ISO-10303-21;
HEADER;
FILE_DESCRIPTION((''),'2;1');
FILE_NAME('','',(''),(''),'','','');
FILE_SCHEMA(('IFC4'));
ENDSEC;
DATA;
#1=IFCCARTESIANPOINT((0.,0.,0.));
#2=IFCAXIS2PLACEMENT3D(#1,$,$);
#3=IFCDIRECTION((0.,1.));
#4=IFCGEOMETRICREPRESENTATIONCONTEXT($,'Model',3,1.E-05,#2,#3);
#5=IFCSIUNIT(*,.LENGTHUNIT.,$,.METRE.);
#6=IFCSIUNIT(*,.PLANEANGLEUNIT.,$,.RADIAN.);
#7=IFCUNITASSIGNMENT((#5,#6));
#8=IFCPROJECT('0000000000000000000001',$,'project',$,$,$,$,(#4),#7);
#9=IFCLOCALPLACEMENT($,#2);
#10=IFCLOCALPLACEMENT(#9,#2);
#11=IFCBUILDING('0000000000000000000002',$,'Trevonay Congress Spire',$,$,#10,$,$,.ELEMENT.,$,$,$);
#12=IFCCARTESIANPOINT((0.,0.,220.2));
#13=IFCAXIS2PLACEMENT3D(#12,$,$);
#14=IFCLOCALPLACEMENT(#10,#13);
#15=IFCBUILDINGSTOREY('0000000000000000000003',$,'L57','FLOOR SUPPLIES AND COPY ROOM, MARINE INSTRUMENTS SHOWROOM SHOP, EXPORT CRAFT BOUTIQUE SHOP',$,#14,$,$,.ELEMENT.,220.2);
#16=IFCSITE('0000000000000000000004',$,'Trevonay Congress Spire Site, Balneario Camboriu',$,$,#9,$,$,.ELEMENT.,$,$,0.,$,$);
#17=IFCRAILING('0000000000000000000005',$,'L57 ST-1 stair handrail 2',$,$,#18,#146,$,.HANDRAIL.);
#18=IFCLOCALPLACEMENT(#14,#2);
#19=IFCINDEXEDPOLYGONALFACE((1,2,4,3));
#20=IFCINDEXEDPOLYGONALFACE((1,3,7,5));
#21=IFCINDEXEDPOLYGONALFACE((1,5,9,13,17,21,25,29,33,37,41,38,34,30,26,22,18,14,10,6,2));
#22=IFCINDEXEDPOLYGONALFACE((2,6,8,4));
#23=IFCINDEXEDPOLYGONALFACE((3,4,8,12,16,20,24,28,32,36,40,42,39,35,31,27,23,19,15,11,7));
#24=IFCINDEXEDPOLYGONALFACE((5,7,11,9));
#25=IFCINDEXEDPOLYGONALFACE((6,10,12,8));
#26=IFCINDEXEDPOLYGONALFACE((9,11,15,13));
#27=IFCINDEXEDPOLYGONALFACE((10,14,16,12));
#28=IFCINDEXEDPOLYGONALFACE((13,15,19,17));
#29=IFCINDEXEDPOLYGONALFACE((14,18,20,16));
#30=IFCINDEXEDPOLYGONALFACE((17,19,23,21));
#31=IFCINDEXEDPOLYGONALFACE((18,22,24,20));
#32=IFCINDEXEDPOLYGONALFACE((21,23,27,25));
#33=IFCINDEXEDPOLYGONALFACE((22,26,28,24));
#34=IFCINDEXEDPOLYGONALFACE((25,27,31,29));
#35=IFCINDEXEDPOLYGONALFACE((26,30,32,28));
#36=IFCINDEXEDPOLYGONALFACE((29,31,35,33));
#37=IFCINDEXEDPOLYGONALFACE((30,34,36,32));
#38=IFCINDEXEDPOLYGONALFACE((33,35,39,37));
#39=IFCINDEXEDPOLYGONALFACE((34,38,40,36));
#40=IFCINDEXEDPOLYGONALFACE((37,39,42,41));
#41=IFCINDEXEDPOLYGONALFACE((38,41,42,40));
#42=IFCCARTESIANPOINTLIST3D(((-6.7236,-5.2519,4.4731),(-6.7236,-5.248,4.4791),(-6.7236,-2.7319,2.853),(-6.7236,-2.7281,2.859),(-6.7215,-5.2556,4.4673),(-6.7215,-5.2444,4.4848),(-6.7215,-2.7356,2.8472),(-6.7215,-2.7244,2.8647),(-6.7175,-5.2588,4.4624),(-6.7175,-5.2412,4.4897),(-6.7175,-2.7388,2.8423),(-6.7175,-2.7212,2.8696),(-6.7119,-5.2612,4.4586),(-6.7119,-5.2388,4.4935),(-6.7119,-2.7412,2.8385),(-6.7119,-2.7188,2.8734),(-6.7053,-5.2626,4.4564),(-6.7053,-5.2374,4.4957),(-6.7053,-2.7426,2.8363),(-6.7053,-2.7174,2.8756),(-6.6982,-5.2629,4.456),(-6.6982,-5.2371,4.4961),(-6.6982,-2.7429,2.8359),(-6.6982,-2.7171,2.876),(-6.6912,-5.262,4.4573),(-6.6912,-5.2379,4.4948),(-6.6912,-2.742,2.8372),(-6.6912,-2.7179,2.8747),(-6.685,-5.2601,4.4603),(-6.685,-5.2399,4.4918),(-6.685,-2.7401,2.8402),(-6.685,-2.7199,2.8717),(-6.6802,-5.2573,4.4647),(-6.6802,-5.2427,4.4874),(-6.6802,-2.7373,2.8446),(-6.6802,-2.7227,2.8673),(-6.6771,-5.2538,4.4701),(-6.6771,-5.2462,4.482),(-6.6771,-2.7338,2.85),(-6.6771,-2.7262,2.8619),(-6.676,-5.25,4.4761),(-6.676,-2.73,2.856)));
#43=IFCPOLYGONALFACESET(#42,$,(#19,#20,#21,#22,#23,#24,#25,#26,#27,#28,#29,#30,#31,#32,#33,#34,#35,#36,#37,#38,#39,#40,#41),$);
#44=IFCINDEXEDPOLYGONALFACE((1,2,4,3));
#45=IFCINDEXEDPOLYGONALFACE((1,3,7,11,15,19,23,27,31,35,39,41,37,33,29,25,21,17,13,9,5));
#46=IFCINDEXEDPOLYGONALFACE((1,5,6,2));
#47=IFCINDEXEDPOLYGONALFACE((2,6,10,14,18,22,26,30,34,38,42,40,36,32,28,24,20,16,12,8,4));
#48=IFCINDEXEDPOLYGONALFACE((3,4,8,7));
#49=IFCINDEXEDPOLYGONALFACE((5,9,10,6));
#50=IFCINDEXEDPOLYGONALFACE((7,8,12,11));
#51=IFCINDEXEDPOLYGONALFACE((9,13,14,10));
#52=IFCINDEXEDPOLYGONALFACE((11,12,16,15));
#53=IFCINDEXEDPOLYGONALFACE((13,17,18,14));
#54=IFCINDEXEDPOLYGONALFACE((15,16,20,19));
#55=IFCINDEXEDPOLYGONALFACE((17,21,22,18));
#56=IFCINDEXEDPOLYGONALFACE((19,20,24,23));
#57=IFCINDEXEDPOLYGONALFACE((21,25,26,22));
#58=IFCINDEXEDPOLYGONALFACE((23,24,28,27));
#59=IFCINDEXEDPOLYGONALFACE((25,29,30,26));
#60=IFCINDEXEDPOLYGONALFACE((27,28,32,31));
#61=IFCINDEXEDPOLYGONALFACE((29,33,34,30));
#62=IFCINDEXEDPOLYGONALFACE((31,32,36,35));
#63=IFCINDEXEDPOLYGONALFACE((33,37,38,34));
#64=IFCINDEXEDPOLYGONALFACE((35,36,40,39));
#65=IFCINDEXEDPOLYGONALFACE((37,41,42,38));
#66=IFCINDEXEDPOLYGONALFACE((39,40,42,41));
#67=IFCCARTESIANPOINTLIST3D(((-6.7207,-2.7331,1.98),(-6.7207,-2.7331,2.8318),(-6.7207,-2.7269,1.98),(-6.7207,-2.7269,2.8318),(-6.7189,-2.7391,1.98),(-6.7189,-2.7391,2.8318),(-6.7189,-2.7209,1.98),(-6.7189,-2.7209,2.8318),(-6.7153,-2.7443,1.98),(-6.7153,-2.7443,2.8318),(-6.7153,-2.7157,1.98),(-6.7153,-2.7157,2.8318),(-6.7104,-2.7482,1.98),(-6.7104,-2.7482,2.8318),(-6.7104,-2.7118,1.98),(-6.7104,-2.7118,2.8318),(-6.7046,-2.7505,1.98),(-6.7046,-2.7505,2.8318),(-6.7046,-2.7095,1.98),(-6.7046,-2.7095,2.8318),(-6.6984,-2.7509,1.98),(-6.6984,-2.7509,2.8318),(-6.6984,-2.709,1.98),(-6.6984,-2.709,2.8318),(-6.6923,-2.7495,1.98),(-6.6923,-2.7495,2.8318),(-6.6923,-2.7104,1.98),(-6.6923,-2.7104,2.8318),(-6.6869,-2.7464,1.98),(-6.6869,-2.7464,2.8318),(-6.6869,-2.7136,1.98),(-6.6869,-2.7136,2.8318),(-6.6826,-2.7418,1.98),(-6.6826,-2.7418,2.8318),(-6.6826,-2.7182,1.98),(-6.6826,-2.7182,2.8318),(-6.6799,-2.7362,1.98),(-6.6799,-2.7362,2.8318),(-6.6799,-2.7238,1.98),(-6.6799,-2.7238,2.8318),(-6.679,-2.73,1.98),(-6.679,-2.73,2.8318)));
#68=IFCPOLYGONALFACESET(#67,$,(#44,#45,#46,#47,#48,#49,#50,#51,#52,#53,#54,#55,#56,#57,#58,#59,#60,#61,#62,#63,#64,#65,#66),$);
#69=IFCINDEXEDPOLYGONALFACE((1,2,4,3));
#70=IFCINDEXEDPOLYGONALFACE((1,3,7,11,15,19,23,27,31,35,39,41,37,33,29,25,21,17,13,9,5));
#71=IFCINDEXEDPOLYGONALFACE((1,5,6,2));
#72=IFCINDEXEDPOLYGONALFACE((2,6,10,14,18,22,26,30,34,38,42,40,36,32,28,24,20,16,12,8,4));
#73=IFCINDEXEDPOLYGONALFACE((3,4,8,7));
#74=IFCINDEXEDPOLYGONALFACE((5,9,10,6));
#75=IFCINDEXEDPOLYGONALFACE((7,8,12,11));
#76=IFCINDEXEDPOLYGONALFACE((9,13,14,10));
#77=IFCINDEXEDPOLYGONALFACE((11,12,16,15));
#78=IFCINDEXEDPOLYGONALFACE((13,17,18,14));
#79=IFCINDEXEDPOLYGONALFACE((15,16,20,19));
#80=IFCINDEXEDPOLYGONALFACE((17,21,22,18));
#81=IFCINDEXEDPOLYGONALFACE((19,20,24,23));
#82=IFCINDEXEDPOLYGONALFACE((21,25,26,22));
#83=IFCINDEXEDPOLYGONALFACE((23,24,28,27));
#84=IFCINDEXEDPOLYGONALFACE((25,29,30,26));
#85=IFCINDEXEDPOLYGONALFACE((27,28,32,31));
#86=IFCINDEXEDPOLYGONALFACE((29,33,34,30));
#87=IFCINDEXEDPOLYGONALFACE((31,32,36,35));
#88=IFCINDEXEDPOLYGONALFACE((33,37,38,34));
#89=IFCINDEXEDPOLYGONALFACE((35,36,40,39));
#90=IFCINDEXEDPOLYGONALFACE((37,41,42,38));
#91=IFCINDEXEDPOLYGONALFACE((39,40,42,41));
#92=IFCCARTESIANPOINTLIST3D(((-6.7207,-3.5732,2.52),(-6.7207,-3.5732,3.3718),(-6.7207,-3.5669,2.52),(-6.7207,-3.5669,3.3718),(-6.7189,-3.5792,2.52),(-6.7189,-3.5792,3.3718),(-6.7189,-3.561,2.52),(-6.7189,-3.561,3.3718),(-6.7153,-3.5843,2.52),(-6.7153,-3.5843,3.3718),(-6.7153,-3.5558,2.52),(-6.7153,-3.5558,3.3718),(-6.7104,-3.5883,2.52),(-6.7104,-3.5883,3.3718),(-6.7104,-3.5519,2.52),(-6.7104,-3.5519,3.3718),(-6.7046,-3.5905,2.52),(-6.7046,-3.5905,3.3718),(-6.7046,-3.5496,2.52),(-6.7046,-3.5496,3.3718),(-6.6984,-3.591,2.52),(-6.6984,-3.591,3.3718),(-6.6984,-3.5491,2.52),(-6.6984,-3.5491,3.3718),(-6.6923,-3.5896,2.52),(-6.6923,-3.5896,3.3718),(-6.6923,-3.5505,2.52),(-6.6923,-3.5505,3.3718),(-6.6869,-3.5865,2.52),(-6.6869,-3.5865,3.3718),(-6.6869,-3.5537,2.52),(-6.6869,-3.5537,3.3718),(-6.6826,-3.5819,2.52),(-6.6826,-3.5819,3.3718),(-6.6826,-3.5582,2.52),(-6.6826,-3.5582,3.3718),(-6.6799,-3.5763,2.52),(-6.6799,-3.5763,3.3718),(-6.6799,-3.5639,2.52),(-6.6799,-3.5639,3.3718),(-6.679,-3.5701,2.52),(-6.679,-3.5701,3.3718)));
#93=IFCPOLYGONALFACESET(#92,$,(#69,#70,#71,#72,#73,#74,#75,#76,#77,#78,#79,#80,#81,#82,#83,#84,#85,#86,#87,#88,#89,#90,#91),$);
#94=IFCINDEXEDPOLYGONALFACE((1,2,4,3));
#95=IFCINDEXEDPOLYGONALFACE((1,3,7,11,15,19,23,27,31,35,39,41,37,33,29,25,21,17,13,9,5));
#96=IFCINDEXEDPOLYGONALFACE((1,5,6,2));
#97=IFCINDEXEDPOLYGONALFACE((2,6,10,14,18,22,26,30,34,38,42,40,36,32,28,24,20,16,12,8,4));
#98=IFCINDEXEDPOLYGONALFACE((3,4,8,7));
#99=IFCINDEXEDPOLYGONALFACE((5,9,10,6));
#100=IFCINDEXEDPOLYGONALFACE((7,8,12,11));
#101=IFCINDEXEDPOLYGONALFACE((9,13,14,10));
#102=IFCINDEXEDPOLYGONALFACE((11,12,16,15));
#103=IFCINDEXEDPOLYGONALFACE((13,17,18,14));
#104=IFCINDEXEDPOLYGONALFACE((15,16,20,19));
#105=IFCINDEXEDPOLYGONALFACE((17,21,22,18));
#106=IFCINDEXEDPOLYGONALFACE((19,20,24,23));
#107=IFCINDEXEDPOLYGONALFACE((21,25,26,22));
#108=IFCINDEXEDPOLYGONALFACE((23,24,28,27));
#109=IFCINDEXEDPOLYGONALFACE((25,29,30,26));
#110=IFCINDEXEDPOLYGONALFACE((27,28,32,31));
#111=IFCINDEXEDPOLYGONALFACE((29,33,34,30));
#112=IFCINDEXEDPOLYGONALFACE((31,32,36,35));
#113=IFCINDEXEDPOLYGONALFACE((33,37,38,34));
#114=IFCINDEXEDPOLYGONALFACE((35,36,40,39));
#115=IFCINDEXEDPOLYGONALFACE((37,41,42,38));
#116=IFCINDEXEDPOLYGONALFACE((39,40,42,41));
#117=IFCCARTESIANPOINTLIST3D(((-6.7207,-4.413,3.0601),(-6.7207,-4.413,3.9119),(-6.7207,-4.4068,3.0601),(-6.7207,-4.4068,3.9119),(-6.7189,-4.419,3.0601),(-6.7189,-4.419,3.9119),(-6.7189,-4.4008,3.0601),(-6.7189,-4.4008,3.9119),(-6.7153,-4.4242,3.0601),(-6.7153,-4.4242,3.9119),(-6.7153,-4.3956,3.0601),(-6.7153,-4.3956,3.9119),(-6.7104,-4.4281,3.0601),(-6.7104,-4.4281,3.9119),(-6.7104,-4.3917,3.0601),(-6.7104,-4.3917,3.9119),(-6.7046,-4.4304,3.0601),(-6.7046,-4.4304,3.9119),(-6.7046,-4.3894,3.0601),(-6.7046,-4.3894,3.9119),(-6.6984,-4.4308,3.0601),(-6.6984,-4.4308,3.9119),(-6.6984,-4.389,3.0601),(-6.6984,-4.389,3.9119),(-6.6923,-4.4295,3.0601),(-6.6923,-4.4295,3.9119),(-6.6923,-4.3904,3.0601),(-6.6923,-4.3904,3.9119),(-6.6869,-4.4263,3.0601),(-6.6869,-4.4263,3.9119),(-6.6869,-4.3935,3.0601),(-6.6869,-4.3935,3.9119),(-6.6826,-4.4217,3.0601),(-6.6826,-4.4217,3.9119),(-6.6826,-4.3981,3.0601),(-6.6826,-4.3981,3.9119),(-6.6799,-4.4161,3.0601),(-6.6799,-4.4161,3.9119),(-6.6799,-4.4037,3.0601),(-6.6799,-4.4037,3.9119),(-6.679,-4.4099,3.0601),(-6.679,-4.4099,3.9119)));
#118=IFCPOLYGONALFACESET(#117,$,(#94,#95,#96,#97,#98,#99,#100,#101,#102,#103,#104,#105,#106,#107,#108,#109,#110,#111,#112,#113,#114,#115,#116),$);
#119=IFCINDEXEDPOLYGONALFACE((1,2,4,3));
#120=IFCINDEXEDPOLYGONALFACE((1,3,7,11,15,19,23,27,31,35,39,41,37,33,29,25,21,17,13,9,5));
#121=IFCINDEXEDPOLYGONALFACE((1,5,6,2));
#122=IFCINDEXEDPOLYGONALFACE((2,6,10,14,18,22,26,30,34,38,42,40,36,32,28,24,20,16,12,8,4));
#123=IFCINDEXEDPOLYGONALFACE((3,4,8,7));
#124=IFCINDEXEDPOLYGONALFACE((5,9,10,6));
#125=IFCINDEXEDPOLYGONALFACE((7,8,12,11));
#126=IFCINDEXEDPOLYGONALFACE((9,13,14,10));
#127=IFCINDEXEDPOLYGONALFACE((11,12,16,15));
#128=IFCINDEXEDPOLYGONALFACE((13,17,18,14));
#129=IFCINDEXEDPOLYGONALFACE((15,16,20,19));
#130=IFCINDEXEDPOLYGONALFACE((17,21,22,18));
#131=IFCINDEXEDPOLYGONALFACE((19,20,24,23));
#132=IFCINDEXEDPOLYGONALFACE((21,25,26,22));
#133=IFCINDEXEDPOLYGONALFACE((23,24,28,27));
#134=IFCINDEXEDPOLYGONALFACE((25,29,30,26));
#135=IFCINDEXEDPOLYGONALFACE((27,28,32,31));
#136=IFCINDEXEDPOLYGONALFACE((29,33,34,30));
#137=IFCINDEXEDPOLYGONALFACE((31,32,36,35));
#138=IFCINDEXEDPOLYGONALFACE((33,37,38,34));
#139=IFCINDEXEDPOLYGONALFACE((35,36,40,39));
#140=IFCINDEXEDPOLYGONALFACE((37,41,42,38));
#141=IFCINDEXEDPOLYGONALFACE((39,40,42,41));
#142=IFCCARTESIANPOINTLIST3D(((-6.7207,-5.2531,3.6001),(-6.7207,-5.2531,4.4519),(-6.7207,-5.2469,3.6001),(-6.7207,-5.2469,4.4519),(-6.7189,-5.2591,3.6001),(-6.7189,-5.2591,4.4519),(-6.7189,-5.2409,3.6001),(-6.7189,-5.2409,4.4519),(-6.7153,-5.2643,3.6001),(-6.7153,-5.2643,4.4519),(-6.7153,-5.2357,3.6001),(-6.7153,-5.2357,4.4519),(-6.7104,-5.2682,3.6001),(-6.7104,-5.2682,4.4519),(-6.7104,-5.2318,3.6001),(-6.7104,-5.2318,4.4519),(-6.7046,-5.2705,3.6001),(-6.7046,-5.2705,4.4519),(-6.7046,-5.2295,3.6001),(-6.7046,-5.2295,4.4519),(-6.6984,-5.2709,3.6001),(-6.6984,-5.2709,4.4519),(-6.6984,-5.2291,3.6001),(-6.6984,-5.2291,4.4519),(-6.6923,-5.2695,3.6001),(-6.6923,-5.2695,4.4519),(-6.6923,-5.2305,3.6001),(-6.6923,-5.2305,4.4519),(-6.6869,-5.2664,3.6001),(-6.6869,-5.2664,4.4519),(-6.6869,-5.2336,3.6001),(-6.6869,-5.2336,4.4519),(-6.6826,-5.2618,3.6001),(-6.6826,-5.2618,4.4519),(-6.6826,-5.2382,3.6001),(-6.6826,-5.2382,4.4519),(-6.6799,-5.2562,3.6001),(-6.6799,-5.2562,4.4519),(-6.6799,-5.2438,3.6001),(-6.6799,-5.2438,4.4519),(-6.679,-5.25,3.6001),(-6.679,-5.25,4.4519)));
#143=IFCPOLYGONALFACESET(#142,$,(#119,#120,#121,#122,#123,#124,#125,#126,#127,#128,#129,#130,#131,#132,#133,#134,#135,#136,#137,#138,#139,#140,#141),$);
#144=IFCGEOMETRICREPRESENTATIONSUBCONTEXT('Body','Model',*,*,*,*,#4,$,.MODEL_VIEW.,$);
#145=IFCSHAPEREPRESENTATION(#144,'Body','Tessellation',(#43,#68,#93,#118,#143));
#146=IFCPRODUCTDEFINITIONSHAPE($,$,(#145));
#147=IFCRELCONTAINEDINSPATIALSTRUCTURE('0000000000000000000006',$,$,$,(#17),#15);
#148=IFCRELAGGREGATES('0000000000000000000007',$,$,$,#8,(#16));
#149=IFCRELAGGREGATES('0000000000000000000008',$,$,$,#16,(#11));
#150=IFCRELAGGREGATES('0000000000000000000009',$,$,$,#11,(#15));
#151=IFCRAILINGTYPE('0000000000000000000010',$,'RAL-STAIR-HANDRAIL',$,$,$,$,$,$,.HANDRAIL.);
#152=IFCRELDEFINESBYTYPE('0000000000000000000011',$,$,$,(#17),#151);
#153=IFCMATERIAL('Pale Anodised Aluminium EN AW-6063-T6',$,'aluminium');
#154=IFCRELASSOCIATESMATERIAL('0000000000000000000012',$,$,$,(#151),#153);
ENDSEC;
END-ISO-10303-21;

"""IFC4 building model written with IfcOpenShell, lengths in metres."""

from ifc_helpers import new_model, si_unit, direction, frame, origin, origin_2d, place, context, subcontext, project, spatial, circle, extrude, material, type_object, element, save


model = new_model("IFC4")

# Units and contexts
model_context = context("Model", 3, precision=1e-05, world=origin(), true_north=direction((0.0, 1.0)))
body_context = subcontext(model_context, "Body", "Model", "MODEL_VIEW")
ifc_project = project(units=[si_unit("LENGTHUNIT", "METRE"), si_unit("PLANEANGLEUNIT", "RADIAN")], contexts=[model_context])

# Site, building, storey
site_placement = place(None, origin())
site = spatial("IfcSite", under=ifc_project, at=site_placement, Name="Trevonay Congress Spire Site, Balneario Camboriu", CompositionType="ELEMENT", RefElevation=0.0)
building_placement = place(site_placement, origin())
building = spatial("IfcBuilding", under=site, at=building_placement, Name="Trevonay Congress Spire", CompositionType="ELEMENT")
storey_placement = place(building_placement, frame((0.0, 0.0, 220.2)))
storey = spatial("IfcBuildingStorey", under=building, at=storey_placement, Name="L57", Description="FLOOR SUPPLIES AND COPY ROOM, MARINE INSTRUMENTS SHOWROOM SHOP, EXPORT CRAFT BOUTIQUE SHOP", CompositionType="ELEMENT", Elevation=220.2)

# Railing
ifc_material_1 = material(Name="Pale Anodised Aluminium EN AW-6063-T6", Category="aluminium")
railing_type_1 = type_object("IfcRailingType", Name="RAL-STAIR-HANDRAIL", PredefinedType="HANDRAIL", material=ifc_material_1)
railing_1_placement = place(storey_placement, frame((-6.7, -2.73, 1.98)))
element("IfcRailing", 1, at=railing_1_placement, inside=storey, type_object=railing_type_1, Name="L57 ST-1 stair handrail 2", PredefinedType="HANDRAIL", context=body_context, shape_type="SweptSolid", body=[
    extrude(circle(Radius=0.0239, at=origin_2d()), frame((0.0, 0.0, 0.876), z_axis=(0.0, -0.841163, 0.540782), x_axis=(1.0, 0.0, 0.0)), (0.0, 0.0, 1.0), 2.9958),
    extrude(circle(Radius=0.021, at=origin_2d()), origin(), (0.0, 0.0, 1.0), 0.8518),
    extrude(circle(Radius=0.021, at=origin_2d()), frame((0.0, -0.8401, 0.54)), (0.0, 0.0, 1.0), 0.8518),
    extrude(circle(Radius=0.021, at=origin_2d()), frame((0.0, -1.6799, 1.0801)), (0.0, 0.0, 1.0), 0.8518),
    extrude(circle(Radius=0.021, at=origin_2d()), frame((0.0, -2.52, 1.6201)), (0.0, 0.0, 1.0), 0.8518),
])

save(model, "model.ifc")
